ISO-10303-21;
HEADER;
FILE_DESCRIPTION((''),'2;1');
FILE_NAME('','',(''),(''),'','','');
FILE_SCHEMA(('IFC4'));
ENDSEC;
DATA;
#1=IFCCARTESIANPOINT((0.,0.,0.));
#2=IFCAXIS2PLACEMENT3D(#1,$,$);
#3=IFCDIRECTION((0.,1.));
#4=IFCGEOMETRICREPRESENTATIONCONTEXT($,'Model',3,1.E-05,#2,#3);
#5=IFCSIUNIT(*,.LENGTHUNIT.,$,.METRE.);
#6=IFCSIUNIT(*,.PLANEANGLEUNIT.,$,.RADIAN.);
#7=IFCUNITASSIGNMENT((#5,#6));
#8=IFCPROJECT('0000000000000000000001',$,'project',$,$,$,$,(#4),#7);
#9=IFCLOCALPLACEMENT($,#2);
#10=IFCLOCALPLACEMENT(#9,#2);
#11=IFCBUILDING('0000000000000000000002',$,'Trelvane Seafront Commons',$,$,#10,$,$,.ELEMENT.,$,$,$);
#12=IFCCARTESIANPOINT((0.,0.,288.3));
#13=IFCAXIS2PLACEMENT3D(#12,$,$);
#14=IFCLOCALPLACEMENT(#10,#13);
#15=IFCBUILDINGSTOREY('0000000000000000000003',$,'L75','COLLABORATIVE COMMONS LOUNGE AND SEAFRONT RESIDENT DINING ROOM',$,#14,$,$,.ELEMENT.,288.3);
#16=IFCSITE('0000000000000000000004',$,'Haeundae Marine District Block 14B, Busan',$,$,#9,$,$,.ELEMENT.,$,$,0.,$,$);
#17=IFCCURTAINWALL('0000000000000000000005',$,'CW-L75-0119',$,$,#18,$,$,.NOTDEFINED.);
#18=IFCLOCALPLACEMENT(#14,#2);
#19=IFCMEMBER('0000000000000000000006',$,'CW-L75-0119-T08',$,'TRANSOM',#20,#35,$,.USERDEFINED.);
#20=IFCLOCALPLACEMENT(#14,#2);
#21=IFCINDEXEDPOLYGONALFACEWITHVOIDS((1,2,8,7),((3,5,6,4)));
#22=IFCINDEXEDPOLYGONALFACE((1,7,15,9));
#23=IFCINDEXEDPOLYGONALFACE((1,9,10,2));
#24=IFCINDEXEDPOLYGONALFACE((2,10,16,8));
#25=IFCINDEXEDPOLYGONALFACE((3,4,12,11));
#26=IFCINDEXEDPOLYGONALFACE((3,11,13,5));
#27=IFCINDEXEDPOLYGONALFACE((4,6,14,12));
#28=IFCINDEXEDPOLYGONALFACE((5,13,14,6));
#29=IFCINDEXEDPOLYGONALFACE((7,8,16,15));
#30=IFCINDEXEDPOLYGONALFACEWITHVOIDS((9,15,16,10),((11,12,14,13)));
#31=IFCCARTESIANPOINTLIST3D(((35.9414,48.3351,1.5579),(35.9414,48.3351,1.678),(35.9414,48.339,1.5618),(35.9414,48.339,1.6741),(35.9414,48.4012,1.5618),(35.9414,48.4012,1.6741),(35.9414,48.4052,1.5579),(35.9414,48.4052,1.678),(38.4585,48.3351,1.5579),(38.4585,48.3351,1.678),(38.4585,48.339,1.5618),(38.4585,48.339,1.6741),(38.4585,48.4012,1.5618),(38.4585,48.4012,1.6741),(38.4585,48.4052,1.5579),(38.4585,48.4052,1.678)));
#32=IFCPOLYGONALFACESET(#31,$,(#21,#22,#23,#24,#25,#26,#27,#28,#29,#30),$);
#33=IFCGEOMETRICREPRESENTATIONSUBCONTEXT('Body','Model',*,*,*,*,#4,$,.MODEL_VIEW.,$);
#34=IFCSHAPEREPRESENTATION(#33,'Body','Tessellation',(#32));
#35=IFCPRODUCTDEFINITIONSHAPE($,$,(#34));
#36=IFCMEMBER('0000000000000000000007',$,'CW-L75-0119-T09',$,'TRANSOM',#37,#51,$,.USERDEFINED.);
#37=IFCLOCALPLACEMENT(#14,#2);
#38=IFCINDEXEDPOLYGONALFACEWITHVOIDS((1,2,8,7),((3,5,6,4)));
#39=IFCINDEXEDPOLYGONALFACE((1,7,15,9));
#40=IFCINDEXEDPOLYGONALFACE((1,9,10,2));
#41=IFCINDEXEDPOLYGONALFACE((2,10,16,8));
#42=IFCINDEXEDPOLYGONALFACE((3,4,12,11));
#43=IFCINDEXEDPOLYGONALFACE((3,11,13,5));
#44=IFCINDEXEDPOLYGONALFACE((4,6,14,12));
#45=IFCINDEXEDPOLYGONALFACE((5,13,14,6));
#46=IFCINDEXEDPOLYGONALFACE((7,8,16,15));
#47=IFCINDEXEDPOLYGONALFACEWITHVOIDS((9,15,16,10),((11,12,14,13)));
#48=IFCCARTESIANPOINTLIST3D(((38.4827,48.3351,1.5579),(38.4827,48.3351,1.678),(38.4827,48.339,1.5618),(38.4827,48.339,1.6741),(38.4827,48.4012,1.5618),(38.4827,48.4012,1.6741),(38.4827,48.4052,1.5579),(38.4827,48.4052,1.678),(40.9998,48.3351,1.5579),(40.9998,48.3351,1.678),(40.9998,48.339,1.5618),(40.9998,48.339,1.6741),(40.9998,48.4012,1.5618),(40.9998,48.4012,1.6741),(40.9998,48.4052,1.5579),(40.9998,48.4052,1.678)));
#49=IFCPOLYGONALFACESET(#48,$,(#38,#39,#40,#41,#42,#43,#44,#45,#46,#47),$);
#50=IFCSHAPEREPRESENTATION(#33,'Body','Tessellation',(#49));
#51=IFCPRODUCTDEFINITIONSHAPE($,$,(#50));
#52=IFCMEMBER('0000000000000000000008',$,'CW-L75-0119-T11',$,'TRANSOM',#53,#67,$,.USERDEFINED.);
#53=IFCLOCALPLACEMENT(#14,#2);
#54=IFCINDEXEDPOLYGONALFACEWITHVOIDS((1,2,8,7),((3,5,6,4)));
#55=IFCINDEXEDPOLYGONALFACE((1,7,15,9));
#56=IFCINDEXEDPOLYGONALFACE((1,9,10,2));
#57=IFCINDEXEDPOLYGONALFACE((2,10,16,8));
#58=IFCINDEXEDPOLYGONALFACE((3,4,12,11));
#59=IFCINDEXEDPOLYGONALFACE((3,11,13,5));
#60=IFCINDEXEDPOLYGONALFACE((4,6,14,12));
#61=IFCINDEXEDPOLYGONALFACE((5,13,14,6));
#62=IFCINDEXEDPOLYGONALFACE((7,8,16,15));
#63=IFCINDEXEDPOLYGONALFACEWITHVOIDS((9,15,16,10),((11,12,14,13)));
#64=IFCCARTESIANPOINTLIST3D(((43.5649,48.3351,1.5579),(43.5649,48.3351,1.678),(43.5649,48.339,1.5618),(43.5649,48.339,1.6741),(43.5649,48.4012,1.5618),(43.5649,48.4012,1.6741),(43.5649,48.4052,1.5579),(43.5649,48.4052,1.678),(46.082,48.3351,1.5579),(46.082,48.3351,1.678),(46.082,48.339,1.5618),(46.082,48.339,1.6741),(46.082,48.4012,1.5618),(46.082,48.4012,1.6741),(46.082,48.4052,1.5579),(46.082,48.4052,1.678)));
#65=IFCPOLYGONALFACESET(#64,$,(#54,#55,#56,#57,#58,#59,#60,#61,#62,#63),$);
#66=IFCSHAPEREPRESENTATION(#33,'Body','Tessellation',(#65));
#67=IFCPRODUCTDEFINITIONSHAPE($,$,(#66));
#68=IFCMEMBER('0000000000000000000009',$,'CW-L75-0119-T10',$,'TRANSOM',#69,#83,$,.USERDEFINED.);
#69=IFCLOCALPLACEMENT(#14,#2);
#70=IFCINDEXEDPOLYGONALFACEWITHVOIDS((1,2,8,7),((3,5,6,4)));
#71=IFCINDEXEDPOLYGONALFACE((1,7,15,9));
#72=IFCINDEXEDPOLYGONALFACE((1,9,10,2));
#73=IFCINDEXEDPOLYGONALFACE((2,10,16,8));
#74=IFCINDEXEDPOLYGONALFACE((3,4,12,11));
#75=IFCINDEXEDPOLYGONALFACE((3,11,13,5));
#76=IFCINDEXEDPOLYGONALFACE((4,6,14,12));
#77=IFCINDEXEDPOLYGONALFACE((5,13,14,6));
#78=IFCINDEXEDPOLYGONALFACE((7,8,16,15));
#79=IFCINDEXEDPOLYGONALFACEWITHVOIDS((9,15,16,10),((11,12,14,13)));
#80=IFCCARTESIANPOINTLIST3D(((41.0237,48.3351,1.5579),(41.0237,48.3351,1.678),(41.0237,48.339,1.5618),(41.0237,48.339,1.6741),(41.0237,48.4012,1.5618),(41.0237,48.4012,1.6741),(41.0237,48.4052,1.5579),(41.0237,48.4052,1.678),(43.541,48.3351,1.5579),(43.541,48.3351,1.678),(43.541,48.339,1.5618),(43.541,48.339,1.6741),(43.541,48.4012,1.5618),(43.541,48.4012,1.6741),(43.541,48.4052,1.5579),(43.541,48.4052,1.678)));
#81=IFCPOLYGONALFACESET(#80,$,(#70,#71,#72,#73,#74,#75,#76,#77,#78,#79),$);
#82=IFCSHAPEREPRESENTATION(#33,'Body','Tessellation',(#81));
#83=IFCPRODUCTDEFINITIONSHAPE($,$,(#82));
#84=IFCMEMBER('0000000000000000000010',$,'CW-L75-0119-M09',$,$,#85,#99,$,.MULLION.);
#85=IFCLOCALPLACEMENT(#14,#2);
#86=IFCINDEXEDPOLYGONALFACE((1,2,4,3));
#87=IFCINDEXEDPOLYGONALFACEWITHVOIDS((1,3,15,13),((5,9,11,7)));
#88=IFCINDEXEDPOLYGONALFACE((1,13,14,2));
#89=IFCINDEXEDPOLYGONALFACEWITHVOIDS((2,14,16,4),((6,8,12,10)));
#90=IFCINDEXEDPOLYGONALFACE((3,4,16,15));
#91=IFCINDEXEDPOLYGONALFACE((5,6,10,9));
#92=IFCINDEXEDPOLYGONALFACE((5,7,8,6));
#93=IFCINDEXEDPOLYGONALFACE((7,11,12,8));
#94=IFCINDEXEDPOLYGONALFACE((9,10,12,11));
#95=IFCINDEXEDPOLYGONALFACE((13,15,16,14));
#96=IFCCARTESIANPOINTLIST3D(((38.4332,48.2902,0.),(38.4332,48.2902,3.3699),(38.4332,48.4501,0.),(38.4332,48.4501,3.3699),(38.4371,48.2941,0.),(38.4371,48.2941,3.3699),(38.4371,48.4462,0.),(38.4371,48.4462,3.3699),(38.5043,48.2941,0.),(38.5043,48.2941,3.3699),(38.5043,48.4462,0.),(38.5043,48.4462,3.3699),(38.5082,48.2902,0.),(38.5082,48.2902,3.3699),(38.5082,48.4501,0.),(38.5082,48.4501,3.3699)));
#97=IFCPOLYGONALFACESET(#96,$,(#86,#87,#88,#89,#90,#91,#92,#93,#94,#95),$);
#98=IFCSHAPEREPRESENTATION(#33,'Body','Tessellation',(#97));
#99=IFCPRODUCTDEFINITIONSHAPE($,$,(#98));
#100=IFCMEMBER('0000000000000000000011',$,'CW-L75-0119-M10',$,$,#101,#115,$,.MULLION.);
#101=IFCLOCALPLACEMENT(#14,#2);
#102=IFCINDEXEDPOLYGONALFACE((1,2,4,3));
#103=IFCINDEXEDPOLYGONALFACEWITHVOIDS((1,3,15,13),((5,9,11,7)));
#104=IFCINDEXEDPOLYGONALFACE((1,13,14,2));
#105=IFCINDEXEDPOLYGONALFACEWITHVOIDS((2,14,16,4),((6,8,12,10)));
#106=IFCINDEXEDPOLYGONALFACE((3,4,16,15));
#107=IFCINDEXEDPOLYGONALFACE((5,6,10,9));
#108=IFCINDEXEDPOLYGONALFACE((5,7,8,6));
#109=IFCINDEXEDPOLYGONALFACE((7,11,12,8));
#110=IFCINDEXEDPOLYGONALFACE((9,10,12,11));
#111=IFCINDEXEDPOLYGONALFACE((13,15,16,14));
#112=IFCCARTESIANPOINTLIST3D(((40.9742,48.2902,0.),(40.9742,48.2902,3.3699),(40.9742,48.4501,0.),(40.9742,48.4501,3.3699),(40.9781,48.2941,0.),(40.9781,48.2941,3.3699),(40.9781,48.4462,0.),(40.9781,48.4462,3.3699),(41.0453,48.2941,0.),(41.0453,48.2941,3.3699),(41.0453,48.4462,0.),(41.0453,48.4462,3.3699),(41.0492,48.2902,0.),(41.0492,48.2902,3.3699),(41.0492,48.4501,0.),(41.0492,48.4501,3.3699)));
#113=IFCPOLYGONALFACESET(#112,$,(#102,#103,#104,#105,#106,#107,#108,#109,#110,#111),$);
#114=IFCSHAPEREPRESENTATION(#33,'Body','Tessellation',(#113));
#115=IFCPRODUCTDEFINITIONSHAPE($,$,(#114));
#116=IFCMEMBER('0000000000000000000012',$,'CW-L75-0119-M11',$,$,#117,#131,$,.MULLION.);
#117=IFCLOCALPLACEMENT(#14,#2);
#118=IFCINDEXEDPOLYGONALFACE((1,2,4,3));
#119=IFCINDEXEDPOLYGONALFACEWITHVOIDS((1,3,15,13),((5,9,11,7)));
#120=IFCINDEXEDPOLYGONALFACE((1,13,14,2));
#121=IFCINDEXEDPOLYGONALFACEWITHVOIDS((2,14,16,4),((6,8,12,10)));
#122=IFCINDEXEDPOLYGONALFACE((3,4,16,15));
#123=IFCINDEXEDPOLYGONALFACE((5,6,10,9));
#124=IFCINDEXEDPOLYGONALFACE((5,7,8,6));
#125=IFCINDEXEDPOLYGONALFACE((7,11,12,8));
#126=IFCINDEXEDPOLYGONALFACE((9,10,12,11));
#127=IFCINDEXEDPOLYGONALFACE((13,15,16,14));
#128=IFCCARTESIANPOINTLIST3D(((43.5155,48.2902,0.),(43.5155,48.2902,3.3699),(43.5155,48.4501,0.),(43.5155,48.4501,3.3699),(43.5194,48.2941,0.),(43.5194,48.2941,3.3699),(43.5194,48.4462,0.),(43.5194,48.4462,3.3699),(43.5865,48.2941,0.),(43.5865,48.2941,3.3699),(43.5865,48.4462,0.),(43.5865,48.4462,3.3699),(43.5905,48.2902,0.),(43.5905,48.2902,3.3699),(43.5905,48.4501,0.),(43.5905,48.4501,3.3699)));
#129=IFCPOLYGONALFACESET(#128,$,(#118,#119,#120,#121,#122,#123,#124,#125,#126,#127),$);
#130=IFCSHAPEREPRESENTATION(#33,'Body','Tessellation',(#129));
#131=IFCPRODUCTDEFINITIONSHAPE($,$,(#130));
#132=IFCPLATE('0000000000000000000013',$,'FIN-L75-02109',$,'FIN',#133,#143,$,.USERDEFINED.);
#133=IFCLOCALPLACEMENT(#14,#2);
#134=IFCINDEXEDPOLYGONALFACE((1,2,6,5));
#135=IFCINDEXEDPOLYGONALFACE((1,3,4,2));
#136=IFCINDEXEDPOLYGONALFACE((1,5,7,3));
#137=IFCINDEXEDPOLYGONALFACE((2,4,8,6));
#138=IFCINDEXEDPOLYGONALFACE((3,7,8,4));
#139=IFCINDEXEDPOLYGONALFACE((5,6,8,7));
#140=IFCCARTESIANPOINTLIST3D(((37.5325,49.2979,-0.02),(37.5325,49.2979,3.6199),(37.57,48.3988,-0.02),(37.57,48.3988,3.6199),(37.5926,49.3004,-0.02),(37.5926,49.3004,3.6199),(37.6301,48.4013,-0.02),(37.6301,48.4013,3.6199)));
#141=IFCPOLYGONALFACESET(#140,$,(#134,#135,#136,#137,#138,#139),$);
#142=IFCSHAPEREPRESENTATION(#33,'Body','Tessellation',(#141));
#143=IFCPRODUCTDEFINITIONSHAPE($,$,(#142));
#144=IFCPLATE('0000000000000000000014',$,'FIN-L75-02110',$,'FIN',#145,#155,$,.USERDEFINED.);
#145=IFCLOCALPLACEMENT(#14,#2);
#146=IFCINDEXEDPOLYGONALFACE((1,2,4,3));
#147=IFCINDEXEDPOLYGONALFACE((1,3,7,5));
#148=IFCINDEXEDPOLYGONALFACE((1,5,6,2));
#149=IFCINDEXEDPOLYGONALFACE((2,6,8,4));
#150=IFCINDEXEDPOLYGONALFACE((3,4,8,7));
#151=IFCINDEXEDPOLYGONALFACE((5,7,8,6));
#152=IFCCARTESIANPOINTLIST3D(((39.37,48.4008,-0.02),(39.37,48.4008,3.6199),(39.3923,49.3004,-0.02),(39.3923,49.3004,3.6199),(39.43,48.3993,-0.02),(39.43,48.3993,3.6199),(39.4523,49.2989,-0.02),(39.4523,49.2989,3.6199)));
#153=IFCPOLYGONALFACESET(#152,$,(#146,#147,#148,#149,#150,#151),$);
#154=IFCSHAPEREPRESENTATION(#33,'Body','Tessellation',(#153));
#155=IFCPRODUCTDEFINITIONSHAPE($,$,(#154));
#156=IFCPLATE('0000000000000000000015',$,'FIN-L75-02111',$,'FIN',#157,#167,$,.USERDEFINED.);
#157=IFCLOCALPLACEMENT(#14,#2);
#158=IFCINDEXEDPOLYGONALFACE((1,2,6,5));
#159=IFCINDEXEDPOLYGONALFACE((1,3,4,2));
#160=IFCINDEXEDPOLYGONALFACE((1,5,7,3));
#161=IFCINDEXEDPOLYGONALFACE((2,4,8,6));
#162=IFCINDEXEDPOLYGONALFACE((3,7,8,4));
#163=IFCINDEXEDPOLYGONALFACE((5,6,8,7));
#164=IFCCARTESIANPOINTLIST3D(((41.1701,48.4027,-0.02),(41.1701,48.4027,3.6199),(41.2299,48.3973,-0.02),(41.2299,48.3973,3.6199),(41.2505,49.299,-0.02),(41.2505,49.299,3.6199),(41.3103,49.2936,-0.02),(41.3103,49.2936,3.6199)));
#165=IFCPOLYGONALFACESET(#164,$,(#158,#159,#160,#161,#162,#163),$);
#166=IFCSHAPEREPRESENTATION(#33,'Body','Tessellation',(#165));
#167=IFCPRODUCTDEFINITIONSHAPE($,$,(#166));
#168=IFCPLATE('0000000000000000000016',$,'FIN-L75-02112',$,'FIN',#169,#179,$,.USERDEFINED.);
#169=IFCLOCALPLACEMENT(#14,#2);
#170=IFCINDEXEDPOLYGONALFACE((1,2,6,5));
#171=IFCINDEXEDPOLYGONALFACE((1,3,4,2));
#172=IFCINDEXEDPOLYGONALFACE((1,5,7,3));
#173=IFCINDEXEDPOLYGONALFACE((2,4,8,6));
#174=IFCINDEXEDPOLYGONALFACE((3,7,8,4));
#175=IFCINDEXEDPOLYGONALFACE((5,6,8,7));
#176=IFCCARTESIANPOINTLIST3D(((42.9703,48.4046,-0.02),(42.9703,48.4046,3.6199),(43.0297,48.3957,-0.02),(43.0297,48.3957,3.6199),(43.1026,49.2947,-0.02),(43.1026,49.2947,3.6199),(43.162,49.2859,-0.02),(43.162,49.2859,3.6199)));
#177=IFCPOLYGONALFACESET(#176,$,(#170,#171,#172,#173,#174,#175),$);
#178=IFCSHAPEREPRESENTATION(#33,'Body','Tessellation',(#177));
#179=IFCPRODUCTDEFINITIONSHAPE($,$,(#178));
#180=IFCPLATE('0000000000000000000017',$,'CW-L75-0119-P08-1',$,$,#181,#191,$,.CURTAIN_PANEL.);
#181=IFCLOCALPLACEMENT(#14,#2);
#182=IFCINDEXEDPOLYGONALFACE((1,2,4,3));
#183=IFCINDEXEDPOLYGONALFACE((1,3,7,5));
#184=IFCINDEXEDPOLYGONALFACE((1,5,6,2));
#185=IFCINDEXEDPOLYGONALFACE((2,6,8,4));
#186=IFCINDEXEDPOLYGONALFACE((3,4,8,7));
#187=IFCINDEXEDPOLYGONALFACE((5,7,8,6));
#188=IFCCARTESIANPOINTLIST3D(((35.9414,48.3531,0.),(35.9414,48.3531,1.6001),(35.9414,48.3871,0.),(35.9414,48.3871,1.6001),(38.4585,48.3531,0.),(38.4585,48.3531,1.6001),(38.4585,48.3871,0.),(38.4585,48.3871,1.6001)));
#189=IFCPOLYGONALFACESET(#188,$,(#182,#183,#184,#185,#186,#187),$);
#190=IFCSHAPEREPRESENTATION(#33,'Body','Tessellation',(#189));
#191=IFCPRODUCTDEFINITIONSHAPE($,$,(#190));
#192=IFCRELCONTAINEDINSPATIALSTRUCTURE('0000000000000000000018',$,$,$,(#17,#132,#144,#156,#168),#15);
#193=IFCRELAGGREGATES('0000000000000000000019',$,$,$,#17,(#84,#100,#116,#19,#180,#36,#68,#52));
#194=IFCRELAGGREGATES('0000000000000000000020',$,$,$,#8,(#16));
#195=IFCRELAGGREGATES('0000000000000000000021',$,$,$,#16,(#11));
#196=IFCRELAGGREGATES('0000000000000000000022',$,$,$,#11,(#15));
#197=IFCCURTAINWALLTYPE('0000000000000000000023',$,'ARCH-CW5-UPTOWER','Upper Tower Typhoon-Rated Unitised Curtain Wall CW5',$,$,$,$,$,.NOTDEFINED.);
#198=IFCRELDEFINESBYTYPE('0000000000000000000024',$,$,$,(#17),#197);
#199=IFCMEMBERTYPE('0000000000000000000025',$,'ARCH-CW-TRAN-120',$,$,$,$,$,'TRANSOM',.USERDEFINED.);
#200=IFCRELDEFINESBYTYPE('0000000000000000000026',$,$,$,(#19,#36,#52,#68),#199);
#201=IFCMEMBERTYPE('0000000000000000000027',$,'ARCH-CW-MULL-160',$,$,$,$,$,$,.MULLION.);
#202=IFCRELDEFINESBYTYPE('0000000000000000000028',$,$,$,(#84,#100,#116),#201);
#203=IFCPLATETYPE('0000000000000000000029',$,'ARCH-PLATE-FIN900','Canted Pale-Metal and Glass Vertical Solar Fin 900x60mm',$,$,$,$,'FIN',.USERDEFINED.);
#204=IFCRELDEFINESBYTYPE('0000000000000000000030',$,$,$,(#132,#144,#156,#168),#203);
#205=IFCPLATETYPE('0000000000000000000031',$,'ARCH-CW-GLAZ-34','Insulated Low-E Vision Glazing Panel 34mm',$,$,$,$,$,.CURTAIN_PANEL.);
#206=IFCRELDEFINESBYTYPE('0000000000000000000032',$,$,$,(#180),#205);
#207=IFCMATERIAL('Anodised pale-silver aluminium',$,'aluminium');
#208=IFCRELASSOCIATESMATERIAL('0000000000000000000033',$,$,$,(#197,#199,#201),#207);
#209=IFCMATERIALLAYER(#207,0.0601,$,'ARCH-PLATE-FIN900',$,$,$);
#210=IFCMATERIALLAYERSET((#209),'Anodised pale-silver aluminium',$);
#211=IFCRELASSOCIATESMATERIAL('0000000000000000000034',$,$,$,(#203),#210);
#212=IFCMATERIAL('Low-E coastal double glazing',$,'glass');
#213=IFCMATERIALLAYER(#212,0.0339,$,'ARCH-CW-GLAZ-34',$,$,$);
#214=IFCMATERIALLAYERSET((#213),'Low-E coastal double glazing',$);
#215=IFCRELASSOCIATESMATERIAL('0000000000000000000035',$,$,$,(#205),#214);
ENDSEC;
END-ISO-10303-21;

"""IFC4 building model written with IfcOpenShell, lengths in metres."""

from ifc_helpers import new_model, si_unit, direction, frame, origin, origin_2d, place, context, subcontext, project, spatial, rectangle, hollow_rectangle, extrude, source, transform, mapped, material, layer, layer_set, material_profile, profile_set, type_object, element, aggregate, save


model = new_model("IFC4")

# Units and contexts
model_context = context("Model", 3, precision=1e-05, world=origin(), true_north=direction((0.0, 1.0)))
body_context = subcontext(model_context, "Body", "Model", "MODEL_VIEW")
ifc_project = project(units=[si_unit("LENGTHUNIT", "METRE"), si_unit("PLANEANGLEUNIT", "RADIAN")], contexts=[model_context])

# Site, building, storey
site_placement = place(None, origin())
site = spatial("IfcSite", under=ifc_project, at=site_placement, Name="Haeundae Marine District Block 14B, Busan", CompositionType="ELEMENT", RefElevation=0.0)
building_placement = place(site_placement, origin())
building = spatial("IfcBuilding", under=site, at=building_placement, Name="Trelvane Seafront Commons", CompositionType="ELEMENT")
storey_placement = place(building_placement, frame((0.0, 0.0, 288.3)))
storey = spatial("IfcBuildingStorey", under=building, at=storey_placement, Name="L75", Description="COLLABORATIVE COMMONS LOUNGE AND SEAFRONT RESIDENT DINING ROOM", CompositionType="ELEMENT", Elevation=288.3)

# Curtain wall, members
ifc_material_1 = material(Name="Anodised pale-silver aluminium", Category="aluminium")
curtain_wall_type = type_object("IfcCurtainWallType", Name="ARCH-CW5-UPTOWER", Description="Upper Tower Typhoon-Rated Unitised Curtain Wall CW5", PredefinedType="NOTDEFINED", material=ifc_material_1)
curtain_wall_placement = place(storey_placement, origin())
curtain_wall = element("IfcCurtainWall", 1, at=curtain_wall_placement, inside=storey, type_object=curtain_wall_type, Name="CW-L75-0119", PredefinedType="NOTDEFINED")
ifc_material_profile_1 = material_profile(ifc_material_1, hollow_rectangle(XDim=0.0701, YDim=0.1201, WallThickness=0.0039, at=origin_2d()), Name="TRAN-70x120x4")
ifc_profile_set_1 = profile_set([ifc_material_profile_1], Name="Anodised pale-silver aluminium")
member_type_1 = type_object("IfcMemberType", Name="ARCH-CW-TRAN-120", ElementType="TRANSOM", PredefinedType="USERDEFINED", material=ifc_profile_set_1)
shared_shape_1 = source(origin(), body_context, "Body", "SweptSolid", [
    extrude(hollow_rectangle(XDim=0.0701, YDim=0.1201, WallThickness=0.0039, at=origin_2d()), origin(), (0.0, 0.0, 1.0), 2.5171),
])
member_1_placement = place(storey_placement, frame((35.9414, 48.3701, 1.6179), z_axis=(1.0, 0.0, 0.0), x_axis=(0.0, 1.0, 0.0)))
member_1 = element("IfcMember", 2, at=member_1_placement, type_object=member_type_1, Name="CW-L75-0119-T08", ObjectType="TRANSOM", PredefinedType="USERDEFINED", context=body_context, shape_type="MappedRepresentation", body=[
    mapped(shared_shape_1, transform((0.0, 0.0, 0.0), x_axis=(1.0, 0.0, 0.0), y_axis=(0.0, 1.0, 0.0), z_axis=(0.0, 0.0, 1.0), scale=1.0)),
])
member_2_placement = place(storey_placement, frame((38.4827, 48.3701, 1.6179), z_axis=(1.0, 0.0, 0.0), x_axis=(0.0, 1.0, 0.0)))
member_2 = element("IfcMember", 3, at=member_2_placement, type_object=member_type_1, Name="CW-L75-0119-T09", ObjectType="TRANSOM", PredefinedType="USERDEFINED", context=body_context, shape_type="MappedRepresentation", body=[
    mapped(shared_shape_1, transform((0.0, 0.0, 0.0), x_axis=(1.0, 0.0, 0.0), y_axis=(0.0, 1.0, 0.0), z_axis=(0.0, 0.0, 1.0), scale=1.0)),
])
member_3_placement = place(storey_placement, frame((43.5649, 48.3701, 1.6179), z_axis=(1.0, 0.0, 0.0), x_axis=(0.0, 1.0, 0.0)))
member_3 = element("IfcMember", 4, at=member_3_placement, type_object=member_type_1, Name="CW-L75-0119-T11", ObjectType="TRANSOM", PredefinedType="USERDEFINED", context=body_context, shape_type="MappedRepresentation", body=[
    mapped(shared_shape_1, transform((0.0, 0.0, 0.0), x_axis=(1.0, 0.0, 0.0), y_axis=(0.0, 1.0, 0.0), z_axis=(0.0, 0.0, 1.0), scale=1.0)),
])
shared_shape_2 = source(origin(), body_context, "Body", "SweptSolid", [
    extrude(hollow_rectangle(XDim=0.0701, YDim=0.1201, WallThickness=0.0039, at=origin_2d()), origin(), (0.0, 0.0, 1.0), 2.5173),
])
member_4_placement = place(storey_placement, frame((41.0237, 48.3701, 1.6179), z_axis=(1.0, 0.0, 0.0), x_axis=(0.0, 1.0, 0.0)))
member_4 = element("IfcMember", 5, at=member_4_placement, type_object=member_type_1, Name="CW-L75-0119-T10", ObjectType="TRANSOM", PredefinedType="USERDEFINED", context=body_context, shape_type="MappedRepresentation", body=[
    mapped(shared_shape_2, transform((0.0, 0.0, 0.0), x_axis=(1.0, 0.0, 0.0), y_axis=(0.0, 1.0, 0.0), z_axis=(0.0, 0.0, 1.0), scale=1.0)),
])
ifc_material_profile_2 = material_profile(ifc_material_1, hollow_rectangle(XDim=0.075, YDim=0.1599, WallThickness=0.0039, at=origin_2d()), Name="MULL-75x160x4")
ifc_profile_set_2 = profile_set([ifc_material_profile_2], Name="Anodised pale-silver aluminium")
member_type_2 = type_object("IfcMemberType", Name="ARCH-CW-MULL-160", PredefinedType="MULLION", material=ifc_profile_set_2)
shared_shape_3 = source(origin(), body_context, "Body", "SweptSolid", [
    extrude(hollow_rectangle(XDim=0.075, YDim=0.1599, WallThickness=0.0039, at=origin_2d()), origin(), (0.0, 0.0, 1.0), 3.3699),
])
member_5_placement = place(storey_placement, frame((38.4707, 48.3701, 0.0), z_axis=(0.0, 0.0, 1.0), x_axis=(1.0, 0.0, 0.0)))
member_5 = element("IfcMember", 6, at=member_5_placement, type_object=member_type_2, Name="CW-L75-0119-M09", PredefinedType="MULLION", context=body_context, shape_type="MappedRepresentation", body=[
    mapped(shared_shape_3, transform((0.0, 0.0, 0.0), x_axis=(1.0, 0.0, 0.0), y_axis=(0.0, 1.0, 0.0), z_axis=(0.0, 0.0, 1.0), scale=1.0)),
])
member_6_placement = place(storey_placement, frame((41.0117, 48.3701, 0.0), z_axis=(0.0, 0.0, 1.0), x_axis=(1.0, 0.0, 0.0)))
member_6 = element("IfcMember", 7, at=member_6_placement, type_object=member_type_2, Name="CW-L75-0119-M10", PredefinedType="MULLION", context=body_context, shape_type="MappedRepresentation", body=[
    mapped(shared_shape_3, transform((0.0, 0.0, 0.0), x_axis=(1.0, 0.0, 0.0), y_axis=(0.0, 1.0, 0.0), z_axis=(0.0, 0.0, 1.0), scale=1.0)),
])
member_7_placement = place(storey_placement, frame((43.553, 48.3701, 0.0), z_axis=(0.0, 0.0, 1.0), x_axis=(1.0, 0.0, 0.0)))
member_7 = element("IfcMember", 8, at=member_7_placement, type_object=member_type_2, Name="CW-L75-0119-M11", PredefinedType="MULLION", context=body_context, shape_type="MappedRepresentation", body=[
    mapped(shared_shape_3, transform((0.0, 0.0, 0.0), x_axis=(1.0, 0.0, 0.0), y_axis=(0.0, 1.0, 0.0), z_axis=(0.0, 0.0, 1.0), scale=1.0)),
])

# Plates
ifc_layer_1 = layer(ifc_material_1, 0.0601, Name="ARCH-PLATE-FIN900")
ifc_layer_set_1 = layer_set([ifc_layer_1], Name="Anodised pale-silver aluminium")
plate_type_1 = type_object("IfcPlateType", Name="ARCH-PLATE-FIN900", Description="Canted Pale-Metal and Glass Vertical Solar Fin 900x60mm", ElementType="FIN", PredefinedType="USERDEFINED", material=ifc_layer_set_1)
shared_shape_4 = source(origin(), body_context, "Body", "SweptSolid", [
    extrude(rectangle(XDim=0.8999, YDim=0.0601, at=origin_2d()), origin(), (0.0, 0.0, 1.0), 3.6399),
])
for number, where, z_axis, x_axis, name in (
    (9, (37.5813, 48.8496, -0.02), (0.0, 0.0, 1.0), (-0.041668, 0.999132, 0.0), "FIN-L75-02109"),
    (10, (39.4111, 48.8499, -0.02), (0.0, 0.0, 1.0), (0.024778, 0.999693, 0.0), "FIN-L75-02110"),
    (11, (41.2402, 48.8481, -0.02), (0.0, 0.0, 1.0), (0.089334, 0.996002, 0.0), "FIN-L75-02111"),
    (12, (43.0662, 48.8452, -0.02), (0.0, 0.0, 1.0), (0.147003, 0.989136, 0.0), "FIN-L75-02112"),
):
    element("IfcPlate", number, at=place(storey_placement, frame(where, z_axis=z_axis, x_axis=x_axis)), inside=storey, type_object=plate_type_1, Name=name, ObjectType="FIN", PredefinedType="USERDEFINED", context=body_context, shape_type="MappedRepresentation", body=[
        mapped(shared_shape_4, transform((0.0, 0.0, 0.0), x_axis=(1.0, 0.0, 0.0), y_axis=(0.0, 1.0, 0.0), z_axis=(0.0, 0.0, 1.0), scale=1.0)),
    ])

# Plate
ifc_material_2 = material(Name="Low-E coastal double glazing", Category="glass")
ifc_layer_2 = layer(ifc_material_2, 0.0339, Name="ARCH-CW-GLAZ-34")
ifc_layer_set_2 = layer_set([ifc_layer_2], Name="Low-E coastal double glazing")
plate_type_2 = type_object("IfcPlateType", Name="ARCH-CW-GLAZ-34", Description="Insulated Low-E Vision Glazing Panel 34mm", PredefinedType="CURTAIN_PANEL", material=ifc_layer_set_2)
shared_shape_5 = source(origin(), body_context, "Body", "SweptSolid", [
    extrude(rectangle(XDim=2.5171, YDim=0.0339, at=origin_2d()), origin(), (0.0, 0.0, 1.0), 1.6001),
])
plate_1_placement = place(storey_placement, frame((37.2, 48.3701, 0.0), z_axis=(0.0, 0.0, 1.0), x_axis=(1.0, 0.0, 0.0)))
plate_1 = element("IfcPlate", 13, at=plate_1_placement, type_object=plate_type_2, Name="CW-L75-0119-P08-1", PredefinedType="CURTAIN_PANEL", context=body_context, shape_type="MappedRepresentation", body=[
    mapped(shared_shape_5, transform((0.0, 0.0, 0.0), x_axis=(1.0, 0.0, 0.0), y_axis=(0.0, 1.0, 0.0), z_axis=(0.0, 0.0, 1.0), scale=1.0)),
])
aggregate(curtain_wall, [member_5, member_6, member_7, member_1, plate_1, member_2, member_4, member_3])

save(model, "model.ifc")
